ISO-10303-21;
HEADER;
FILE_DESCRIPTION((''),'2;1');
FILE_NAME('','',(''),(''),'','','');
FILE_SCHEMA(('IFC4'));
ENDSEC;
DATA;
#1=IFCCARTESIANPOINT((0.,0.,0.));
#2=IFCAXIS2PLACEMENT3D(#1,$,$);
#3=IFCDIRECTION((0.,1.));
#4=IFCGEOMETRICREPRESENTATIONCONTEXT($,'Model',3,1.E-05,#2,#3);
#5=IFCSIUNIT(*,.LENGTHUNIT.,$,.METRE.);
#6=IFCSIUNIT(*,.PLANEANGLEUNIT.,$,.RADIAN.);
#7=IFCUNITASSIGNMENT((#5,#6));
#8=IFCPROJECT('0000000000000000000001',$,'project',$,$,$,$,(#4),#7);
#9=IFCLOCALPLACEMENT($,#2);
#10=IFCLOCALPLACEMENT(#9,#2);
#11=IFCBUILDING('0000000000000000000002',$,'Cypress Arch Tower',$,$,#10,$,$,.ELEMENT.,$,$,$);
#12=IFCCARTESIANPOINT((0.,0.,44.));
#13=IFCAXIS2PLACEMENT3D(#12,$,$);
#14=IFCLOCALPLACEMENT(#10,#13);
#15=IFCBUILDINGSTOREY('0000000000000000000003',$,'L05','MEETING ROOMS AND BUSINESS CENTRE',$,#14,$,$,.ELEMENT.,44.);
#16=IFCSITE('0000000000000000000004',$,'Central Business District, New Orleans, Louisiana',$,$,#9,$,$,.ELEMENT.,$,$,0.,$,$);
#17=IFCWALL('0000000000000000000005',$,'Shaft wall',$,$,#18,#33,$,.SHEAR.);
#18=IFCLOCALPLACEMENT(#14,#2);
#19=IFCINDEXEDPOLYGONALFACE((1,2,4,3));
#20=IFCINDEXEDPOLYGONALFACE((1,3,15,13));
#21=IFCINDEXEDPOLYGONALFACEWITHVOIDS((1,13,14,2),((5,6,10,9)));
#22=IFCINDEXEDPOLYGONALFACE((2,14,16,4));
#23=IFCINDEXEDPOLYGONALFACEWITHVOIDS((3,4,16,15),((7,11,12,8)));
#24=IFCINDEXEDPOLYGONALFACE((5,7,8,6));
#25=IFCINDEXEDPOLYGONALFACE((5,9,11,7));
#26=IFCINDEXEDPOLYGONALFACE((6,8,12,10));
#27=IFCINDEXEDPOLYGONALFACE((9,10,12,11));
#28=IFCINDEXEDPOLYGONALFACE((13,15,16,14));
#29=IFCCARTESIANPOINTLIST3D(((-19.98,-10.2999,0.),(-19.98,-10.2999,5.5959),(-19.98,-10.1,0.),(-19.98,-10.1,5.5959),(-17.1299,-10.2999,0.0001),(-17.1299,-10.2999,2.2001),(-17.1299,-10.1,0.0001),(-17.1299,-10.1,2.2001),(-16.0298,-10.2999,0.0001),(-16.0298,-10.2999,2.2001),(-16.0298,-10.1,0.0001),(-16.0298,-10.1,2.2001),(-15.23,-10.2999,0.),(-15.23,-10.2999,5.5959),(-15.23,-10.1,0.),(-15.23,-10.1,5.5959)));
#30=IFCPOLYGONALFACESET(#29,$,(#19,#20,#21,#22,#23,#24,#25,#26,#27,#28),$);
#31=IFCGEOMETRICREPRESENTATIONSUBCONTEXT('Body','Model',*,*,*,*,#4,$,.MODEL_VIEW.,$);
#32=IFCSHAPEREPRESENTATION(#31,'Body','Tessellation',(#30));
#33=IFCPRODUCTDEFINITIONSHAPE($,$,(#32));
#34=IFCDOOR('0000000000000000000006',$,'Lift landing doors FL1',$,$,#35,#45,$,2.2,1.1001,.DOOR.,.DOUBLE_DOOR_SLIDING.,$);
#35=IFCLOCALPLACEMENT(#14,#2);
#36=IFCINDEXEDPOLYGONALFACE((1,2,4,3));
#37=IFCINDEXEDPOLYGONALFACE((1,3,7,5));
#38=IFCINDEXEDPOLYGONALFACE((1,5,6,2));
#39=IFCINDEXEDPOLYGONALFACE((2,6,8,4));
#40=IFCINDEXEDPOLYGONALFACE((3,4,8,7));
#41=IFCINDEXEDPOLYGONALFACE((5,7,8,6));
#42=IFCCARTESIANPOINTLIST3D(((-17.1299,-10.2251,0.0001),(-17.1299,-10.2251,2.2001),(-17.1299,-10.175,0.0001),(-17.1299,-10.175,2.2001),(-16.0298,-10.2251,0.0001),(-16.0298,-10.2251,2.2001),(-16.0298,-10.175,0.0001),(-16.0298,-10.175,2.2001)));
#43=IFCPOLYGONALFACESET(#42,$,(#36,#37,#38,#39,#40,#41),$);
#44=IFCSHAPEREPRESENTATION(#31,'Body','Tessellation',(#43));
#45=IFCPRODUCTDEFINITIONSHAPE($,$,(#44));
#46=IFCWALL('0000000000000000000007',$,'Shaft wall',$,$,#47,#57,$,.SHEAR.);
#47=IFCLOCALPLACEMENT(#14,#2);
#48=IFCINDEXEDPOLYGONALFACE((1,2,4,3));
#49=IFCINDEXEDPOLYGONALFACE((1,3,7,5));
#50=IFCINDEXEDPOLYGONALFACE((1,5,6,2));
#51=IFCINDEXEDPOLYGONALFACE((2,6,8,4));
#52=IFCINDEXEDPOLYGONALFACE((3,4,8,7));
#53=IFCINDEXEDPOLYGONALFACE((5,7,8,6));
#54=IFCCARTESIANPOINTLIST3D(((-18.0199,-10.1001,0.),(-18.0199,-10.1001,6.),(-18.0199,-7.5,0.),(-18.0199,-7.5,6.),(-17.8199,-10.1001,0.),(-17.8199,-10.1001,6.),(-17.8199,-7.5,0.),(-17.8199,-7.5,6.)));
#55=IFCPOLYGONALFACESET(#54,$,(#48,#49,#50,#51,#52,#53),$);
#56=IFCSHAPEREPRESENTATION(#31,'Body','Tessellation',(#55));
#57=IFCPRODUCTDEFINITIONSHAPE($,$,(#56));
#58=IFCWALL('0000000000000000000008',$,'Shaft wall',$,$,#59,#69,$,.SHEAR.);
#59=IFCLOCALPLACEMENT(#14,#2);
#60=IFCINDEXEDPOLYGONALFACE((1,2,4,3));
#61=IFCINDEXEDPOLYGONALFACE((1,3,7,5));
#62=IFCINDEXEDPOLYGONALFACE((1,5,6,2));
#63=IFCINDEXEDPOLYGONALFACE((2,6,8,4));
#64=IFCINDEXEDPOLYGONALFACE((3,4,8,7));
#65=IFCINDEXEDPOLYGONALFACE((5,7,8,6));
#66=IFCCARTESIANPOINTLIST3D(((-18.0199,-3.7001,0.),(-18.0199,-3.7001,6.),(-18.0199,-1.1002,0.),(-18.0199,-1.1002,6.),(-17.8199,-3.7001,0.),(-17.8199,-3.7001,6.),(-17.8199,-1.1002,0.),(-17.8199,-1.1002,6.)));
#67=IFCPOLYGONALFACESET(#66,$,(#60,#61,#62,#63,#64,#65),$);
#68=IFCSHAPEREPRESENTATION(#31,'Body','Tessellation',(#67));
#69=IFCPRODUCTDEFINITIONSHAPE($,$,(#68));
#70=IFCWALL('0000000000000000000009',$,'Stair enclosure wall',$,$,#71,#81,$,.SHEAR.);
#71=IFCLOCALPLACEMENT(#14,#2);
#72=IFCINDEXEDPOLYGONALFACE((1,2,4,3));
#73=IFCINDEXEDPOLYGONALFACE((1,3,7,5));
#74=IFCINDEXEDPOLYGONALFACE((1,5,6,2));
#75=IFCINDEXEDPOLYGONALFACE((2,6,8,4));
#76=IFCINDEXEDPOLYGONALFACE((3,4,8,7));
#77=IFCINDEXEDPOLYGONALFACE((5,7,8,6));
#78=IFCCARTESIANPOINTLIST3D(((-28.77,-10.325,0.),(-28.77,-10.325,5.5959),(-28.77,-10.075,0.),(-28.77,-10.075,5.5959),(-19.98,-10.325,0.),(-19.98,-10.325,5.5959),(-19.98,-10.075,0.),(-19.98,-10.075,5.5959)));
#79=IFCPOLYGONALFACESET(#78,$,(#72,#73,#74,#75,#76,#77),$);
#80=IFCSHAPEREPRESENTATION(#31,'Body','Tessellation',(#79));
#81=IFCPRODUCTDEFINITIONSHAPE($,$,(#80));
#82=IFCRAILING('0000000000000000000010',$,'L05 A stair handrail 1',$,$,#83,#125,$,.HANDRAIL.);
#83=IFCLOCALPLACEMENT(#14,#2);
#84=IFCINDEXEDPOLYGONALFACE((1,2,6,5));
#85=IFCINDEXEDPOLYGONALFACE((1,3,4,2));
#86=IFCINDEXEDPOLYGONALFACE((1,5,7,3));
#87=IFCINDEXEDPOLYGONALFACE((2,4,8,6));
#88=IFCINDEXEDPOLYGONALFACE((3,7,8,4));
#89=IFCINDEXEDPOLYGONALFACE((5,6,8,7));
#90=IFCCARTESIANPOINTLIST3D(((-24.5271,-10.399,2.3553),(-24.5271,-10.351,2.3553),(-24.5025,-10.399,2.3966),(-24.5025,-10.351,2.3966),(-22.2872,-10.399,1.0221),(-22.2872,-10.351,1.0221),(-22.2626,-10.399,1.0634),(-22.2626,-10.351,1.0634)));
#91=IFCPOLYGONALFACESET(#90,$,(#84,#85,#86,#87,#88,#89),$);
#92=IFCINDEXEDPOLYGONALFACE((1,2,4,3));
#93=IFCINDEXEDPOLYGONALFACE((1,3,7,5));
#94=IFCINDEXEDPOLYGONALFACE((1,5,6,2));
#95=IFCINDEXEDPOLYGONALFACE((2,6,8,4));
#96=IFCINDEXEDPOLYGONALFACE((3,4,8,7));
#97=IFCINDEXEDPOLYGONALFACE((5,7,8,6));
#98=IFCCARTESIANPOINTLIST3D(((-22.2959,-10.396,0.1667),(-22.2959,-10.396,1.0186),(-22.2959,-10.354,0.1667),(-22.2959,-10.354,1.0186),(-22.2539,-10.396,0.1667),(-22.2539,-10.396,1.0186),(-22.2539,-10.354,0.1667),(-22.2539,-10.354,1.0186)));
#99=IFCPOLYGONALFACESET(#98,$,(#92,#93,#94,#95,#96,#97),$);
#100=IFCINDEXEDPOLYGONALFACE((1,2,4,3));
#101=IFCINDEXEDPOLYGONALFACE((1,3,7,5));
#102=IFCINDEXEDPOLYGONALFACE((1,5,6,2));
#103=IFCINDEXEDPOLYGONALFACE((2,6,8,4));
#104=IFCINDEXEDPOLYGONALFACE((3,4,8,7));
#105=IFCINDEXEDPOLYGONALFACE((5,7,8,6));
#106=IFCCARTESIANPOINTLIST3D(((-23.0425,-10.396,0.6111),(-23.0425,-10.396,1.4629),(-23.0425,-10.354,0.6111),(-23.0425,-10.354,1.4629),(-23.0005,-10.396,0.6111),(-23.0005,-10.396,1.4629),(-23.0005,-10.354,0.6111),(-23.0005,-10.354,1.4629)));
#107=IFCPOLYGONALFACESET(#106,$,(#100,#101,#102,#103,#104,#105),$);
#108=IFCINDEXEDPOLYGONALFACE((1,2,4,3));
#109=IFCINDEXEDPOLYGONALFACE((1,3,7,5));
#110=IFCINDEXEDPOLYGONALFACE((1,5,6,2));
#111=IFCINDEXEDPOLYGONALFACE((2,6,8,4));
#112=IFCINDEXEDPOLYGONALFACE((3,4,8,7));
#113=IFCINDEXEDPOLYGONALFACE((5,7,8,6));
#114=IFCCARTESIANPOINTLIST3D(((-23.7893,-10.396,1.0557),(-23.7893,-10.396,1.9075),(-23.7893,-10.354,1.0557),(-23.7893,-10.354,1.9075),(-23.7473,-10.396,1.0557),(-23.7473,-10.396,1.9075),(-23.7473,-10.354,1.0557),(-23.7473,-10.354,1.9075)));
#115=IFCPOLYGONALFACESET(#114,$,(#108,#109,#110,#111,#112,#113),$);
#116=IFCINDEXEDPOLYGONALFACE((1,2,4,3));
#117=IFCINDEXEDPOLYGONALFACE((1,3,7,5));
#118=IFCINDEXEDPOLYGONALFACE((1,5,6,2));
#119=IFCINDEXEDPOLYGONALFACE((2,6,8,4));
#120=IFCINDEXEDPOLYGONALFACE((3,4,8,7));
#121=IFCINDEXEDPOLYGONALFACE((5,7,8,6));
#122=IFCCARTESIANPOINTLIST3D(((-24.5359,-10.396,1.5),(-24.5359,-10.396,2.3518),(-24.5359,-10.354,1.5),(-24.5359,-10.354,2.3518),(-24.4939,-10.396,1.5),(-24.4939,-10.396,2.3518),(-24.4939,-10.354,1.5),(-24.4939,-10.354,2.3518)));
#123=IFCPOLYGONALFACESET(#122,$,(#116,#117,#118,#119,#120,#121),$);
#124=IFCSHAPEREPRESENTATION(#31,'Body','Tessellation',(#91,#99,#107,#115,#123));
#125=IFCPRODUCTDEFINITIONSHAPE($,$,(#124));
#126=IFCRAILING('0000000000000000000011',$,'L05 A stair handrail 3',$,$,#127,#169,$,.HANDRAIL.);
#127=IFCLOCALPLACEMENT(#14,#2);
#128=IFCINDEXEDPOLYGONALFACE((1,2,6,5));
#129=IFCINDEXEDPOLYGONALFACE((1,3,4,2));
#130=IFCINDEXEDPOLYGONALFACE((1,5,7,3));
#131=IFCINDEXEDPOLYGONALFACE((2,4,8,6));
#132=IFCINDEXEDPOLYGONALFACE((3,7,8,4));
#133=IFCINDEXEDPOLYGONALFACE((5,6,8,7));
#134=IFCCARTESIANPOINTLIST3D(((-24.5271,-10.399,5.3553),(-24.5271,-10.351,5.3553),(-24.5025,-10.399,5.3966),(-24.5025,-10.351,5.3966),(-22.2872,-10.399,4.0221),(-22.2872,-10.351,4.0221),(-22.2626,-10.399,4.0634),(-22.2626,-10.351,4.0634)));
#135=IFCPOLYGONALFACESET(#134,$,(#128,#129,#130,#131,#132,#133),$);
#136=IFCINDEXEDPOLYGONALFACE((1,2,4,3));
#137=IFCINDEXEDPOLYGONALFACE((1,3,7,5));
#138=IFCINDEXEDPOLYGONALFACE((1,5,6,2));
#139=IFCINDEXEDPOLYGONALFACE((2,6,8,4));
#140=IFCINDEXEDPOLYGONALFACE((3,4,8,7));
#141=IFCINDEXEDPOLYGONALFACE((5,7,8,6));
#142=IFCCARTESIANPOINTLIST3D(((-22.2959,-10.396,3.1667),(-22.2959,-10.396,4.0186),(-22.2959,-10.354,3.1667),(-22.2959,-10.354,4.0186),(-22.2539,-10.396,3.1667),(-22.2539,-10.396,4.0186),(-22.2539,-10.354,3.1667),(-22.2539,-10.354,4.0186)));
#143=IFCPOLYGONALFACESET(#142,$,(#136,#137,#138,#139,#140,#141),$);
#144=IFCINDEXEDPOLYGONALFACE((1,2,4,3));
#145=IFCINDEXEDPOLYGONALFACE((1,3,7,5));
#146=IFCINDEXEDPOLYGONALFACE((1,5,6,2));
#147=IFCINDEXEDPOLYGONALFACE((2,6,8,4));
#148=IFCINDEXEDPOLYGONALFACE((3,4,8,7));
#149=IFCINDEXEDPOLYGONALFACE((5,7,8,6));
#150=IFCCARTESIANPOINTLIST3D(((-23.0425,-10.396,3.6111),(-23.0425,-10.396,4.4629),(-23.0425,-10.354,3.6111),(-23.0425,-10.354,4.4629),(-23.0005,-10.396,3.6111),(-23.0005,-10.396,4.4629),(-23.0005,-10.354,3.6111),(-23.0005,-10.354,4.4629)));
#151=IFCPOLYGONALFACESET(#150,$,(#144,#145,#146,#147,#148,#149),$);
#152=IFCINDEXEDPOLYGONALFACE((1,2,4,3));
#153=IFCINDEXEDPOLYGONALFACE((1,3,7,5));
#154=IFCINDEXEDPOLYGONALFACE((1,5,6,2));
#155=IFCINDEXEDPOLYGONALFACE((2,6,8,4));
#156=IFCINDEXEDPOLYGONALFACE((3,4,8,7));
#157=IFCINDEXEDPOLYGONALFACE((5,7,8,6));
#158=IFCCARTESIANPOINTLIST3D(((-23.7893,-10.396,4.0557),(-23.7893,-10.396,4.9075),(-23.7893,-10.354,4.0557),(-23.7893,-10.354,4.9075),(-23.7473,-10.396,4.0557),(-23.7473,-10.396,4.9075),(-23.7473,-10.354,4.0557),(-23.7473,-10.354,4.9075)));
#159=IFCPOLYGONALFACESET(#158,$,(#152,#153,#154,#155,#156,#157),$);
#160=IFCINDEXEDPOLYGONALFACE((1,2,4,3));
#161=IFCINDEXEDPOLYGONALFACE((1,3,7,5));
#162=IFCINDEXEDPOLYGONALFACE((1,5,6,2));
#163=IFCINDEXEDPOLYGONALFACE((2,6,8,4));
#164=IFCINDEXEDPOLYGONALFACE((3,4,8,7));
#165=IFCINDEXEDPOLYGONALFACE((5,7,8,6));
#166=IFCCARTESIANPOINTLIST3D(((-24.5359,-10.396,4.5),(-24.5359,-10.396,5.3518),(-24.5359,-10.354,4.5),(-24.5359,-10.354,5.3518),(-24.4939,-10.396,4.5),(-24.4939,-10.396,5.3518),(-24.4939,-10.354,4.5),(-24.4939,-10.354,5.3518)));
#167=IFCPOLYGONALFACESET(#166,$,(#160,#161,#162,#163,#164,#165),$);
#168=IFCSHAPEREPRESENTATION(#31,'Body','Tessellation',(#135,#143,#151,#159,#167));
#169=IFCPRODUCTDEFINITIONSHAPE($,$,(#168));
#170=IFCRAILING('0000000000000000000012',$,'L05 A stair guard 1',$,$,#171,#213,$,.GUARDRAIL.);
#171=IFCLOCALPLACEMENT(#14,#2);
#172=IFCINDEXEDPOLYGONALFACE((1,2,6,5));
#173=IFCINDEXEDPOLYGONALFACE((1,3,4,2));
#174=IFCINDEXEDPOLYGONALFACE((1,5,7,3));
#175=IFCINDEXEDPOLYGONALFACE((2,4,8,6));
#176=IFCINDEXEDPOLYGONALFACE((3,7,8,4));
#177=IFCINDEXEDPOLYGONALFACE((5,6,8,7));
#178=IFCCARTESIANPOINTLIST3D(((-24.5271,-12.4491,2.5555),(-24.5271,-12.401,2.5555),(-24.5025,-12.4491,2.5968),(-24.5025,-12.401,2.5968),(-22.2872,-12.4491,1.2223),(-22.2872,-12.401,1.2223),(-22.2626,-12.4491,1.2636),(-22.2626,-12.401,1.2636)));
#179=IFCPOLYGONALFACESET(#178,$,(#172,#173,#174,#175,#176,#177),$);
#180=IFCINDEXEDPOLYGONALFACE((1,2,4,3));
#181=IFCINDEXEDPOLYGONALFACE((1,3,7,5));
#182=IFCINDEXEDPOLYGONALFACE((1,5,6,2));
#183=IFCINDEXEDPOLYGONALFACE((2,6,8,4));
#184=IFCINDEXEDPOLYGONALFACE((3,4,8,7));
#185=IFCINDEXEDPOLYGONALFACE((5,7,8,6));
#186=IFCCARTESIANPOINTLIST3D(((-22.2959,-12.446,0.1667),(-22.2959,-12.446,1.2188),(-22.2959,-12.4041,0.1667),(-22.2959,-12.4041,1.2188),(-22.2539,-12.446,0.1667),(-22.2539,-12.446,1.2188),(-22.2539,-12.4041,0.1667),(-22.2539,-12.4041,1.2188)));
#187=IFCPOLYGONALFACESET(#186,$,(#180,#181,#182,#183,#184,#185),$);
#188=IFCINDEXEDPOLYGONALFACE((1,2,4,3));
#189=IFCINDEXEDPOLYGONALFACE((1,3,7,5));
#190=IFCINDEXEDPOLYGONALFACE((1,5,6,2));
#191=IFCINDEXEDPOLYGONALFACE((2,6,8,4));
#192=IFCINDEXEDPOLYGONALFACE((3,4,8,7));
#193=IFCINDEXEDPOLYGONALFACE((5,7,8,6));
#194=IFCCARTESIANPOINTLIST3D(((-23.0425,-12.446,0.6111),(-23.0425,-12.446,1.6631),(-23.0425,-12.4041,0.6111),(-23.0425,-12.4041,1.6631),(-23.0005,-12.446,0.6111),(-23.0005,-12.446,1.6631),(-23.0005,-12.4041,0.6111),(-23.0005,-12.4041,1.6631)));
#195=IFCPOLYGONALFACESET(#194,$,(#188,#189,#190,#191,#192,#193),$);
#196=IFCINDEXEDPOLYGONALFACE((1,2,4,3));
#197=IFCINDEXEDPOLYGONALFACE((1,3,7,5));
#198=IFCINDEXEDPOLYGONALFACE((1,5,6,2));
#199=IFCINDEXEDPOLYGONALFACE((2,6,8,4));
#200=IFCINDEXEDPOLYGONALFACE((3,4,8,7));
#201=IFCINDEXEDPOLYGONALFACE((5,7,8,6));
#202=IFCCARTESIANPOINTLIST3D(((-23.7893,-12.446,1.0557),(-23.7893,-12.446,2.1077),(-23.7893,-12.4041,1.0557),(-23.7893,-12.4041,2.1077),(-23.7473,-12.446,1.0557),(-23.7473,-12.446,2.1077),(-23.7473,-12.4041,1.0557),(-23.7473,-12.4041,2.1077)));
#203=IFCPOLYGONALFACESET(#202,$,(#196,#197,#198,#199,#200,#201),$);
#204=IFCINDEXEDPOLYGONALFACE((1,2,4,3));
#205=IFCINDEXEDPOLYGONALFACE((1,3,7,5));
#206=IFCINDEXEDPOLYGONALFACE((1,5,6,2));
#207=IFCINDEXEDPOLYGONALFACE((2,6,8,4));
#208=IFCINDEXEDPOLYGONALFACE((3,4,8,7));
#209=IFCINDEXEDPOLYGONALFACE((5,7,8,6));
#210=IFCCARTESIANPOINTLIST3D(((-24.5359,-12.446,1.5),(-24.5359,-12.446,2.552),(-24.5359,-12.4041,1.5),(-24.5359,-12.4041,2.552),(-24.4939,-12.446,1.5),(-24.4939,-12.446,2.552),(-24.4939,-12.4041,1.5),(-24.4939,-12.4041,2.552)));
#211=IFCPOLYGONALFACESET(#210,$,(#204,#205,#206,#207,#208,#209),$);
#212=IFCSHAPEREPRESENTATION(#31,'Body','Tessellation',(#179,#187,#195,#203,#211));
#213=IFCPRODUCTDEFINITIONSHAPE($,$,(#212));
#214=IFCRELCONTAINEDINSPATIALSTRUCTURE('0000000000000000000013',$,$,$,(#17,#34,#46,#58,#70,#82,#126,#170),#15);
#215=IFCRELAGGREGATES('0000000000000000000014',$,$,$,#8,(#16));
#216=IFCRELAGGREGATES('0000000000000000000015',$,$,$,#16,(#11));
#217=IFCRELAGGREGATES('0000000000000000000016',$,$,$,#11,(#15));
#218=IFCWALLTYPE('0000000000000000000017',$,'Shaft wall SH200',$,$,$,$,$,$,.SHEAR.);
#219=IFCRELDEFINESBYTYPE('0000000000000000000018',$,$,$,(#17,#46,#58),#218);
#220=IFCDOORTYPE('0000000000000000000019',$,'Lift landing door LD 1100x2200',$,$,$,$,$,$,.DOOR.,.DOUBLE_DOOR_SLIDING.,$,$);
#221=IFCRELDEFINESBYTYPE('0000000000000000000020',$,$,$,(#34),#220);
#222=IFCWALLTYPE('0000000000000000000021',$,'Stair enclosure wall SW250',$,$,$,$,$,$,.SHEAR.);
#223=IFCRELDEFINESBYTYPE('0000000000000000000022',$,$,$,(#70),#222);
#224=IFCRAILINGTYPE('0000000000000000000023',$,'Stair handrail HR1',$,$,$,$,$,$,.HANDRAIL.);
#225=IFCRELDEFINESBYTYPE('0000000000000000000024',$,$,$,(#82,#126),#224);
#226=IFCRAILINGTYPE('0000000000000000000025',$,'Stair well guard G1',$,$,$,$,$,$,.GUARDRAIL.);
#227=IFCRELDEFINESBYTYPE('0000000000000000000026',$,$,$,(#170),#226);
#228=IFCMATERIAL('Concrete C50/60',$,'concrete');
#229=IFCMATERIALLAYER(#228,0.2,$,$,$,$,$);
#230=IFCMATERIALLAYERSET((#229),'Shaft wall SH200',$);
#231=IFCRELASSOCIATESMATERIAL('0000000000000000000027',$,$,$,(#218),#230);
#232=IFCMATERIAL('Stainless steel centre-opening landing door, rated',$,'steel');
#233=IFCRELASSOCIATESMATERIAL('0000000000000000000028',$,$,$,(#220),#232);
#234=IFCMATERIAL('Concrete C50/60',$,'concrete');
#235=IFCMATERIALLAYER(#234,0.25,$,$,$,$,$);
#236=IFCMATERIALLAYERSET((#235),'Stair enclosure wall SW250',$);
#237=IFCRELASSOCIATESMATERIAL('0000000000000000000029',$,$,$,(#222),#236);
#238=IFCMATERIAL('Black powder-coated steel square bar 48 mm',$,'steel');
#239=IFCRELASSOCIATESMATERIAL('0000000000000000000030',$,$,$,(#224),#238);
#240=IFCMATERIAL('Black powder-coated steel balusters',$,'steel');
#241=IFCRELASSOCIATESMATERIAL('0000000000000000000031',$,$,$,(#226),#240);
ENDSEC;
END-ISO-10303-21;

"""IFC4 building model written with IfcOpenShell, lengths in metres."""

from ifc_helpers import new_model, si_unit, direction, frame, frame_2d, origin, origin_2d, place, context, subcontext, project, spatial, rectangle, extrude, material, layer, layer_set, type_object, element, fill, save


model = new_model("IFC4")

# Units and contexts
model_context = context("Model", 3, precision=1e-05, world=origin(), true_north=direction((0.0, 1.0)))
body_context = subcontext(model_context, "Body", "Model", "MODEL_VIEW")
ifc_project = project(units=[si_unit("LENGTHUNIT", "METRE"), si_unit("PLANEANGLEUNIT", "RADIAN")], contexts=[model_context])

# Site, building, storey
site_placement = place(None, origin())
site = spatial("IfcSite", under=ifc_project, at=site_placement, Name="Central Business District, New Orleans, Louisiana", CompositionType="ELEMENT", RefElevation=0.0)
building_placement = place(site_placement, origin())
building = spatial("IfcBuilding", under=site, at=building_placement, Name="Cypress Arch Tower", CompositionType="ELEMENT")
storey_placement = place(building_placement, frame((0.0, 0.0, 44.0)))
storey = spatial("IfcBuildingStorey", under=building, at=storey_placement, Name="L05", Description="MEETING ROOMS AND BUSINESS CENTRE", CompositionType="ELEMENT", Elevation=44.0)

# Shared definitions
ifc_material_1 = material(Name="Concrete C50/60", Category="concrete")
ifc_layer_1 = layer(ifc_material_1, 0.2)
ifc_layer_set_1 = layer_set([ifc_layer_1], Name="Shaft wall SH200")
wall_type_1 = type_object("IfcWallType", Name="Shaft wall SH200", PredefinedType="SHEAR", material=ifc_layer_set_1)
ifc_material_2 = material(Name="Stainless steel centre-opening landing door, rated", Category="steel")
door_type = type_object("IfcDoorType", Name="Lift landing door LD 1100x2200", OperationType="DOUBLE_DOOR_SLIDING", PredefinedType="DOOR", material=ifc_material_2)

# Wall, opening, door
wall_1_placement = place(storey_placement, frame((-19.98, -10.2, 0.0), z_axis=(0.0, 0.0, 1.0), x_axis=(1.0, 0.0, 0.0)))
wall_1 = element("IfcWall", 1, at=wall_1_placement, inside=storey, type_object=wall_type_1, Name="Shaft wall", PredefinedType="SHEAR", context=body_context, shape_type="SweptSolid", body=[
    extrude(rectangle(XDim=4.75, YDim=0.2, at=frame_2d((2.375, 0.0))), origin(), (0.0, 0.0, 1.0), 5.5959),
])
opening_1_placement = place(wall_1_placement, frame((2.8501, 0.0, 0.0)))
opening_1 = element("IfcOpeningElement", 2, at=opening_1_placement, cuts=wall_1, PredefinedType="OPENING", context=body_context, shape_type="SweptSolid", body=[
    extrude(rectangle(XDim=1.1001, YDim=2.2, at=frame_2d((0.55, 1.1001))), frame((0.0, 0.1099, 0.0), z_axis=(0.0, -1.0, 0.0), x_axis=(1.0, 0.0, 0.0)), (0.0, 0.0, 1.0), 0.22),
])
door_1_placement = place(opening_1_placement, origin())
door_1 = element("IfcDoor", 3, at=door_1_placement, inside=storey, type_object=door_type, Name="Lift landing doors FL1", OperationType="DOUBLE_DOOR_SLIDING", OverallHeight=2.2, OverallWidth=1.1001, PredefinedType="DOOR", context=body_context, shape_type="SweptSolid", body=[
    extrude(rectangle(XDim=1.1001, YDim=2.2, at=frame_2d((0.55, 1.1001))), frame((0.0, 0.0249, 0.0), z_axis=(0.0, -1.0, 0.0), x_axis=(1.0, 0.0, 0.0)), (0.0, 0.0, 1.0), 0.05),
])
fill(opening_1, door_1)

# Walls
wall_2_placement = place(storey_placement, frame((-17.9199, -10.1001, 0.0), z_axis=(0.0, 0.0, 1.0), x_axis=(0.0, 1.0, 0.0)))
element("IfcWall", 4, at=wall_2_placement, inside=storey, type_object=wall_type_1, Name="Shaft wall", PredefinedType="SHEAR", context=body_context, shape_type="SweptSolid", body=[
    extrude(rectangle(XDim=2.6001, YDim=0.2, at=frame_2d((1.3, 0.0))), origin(), (0.0, 0.0, 1.0), 6.0),
])
wall_3_placement = place(storey_placement, frame((-17.9199, -3.7, 0.0), z_axis=(0.0, 0.0, 1.0), x_axis=(0.0, 1.0, 0.0)))
element("IfcWall", 5, at=wall_3_placement, inside=storey, type_object=wall_type_1, Name="Shaft wall", PredefinedType="SHEAR", context=body_context, shape_type="SweptSolid", body=[
    extrude(rectangle(XDim=2.5999, YDim=0.2, at=frame_2d((1.2998, 0.0))), origin(), (0.0, 0.0, 1.0), 6.0),
])
ifc_material_3 = material(Name="Concrete C50/60", Category="concrete")
ifc_layer_2 = layer(ifc_material_3, 0.25)
ifc_layer_set_2 = layer_set([ifc_layer_2], Name="Stair enclosure wall SW250")
wall_type_2 = type_object("IfcWallType", Name="Stair enclosure wall SW250", PredefinedType="SHEAR", material=ifc_layer_set_2)
wall_4_placement = place(storey_placement, frame((-28.77, -10.2, 0.0), z_axis=(0.0, 0.0, 1.0), x_axis=(1.0, 0.0, 0.0)))
element("IfcWall", 6, at=wall_4_placement, inside=storey, type_object=wall_type_2, Name="Stair enclosure wall", PredefinedType="SHEAR", context=body_context, shape_type="SweptSolid", body=[
    extrude(rectangle(XDim=8.79, YDim=0.25, at=frame_2d((4.395, 0.0))), origin(), (0.0, 0.0, 1.0), 5.5959),
])

# Railings
ifc_material_4 = material(Name="Black powder-coated steel square bar 48 mm", Category="steel")
railing_type_1 = type_object("IfcRailingType", Name="Stair handrail HR1", PredefinedType="HANDRAIL", material=ifc_material_4)
for number, where, name in (
    (7, (-22.2749, -10.375, 0.1667), "L05 A stair handrail 1"),
    (8, (-22.2749, -10.375, 3.1667), "L05 A stair handrail 3"),
):
    element("IfcRailing", number, at=place(storey_placement, frame(where)), inside=storey, type_object=railing_type_1, Name=name, PredefinedType="HANDRAIL", context=body_context, shape_type="SweptSolid", body=[
        extrude(rectangle(XDim=0.0481, YDim=0.0481, at=origin_2d()), frame((0.0, 0.0, 0.876), z_axis=(-0.859306, 0.0, 0.511462), x_axis=(0.0, -1.0, 0.0)), (0.0, 0.0, 1.0), 2.6067),
        extrude(rectangle(XDim=0.042, YDim=0.042, at=origin_2d()), origin(), (0.0, 0.0, 1.0), 0.8518),
        extrude(rectangle(XDim=0.042, YDim=0.042, at=origin_2d()), frame((-0.7466, 0.0, 0.4443)), (0.0, 0.0, 1.0), 0.8518),
        extrude(rectangle(XDim=0.042, YDim=0.042, at=origin_2d()), frame((-1.4934, 0.0, 0.8889)), (0.0, 0.0, 1.0), 0.8518),
        extrude(rectangle(XDim=0.042, YDim=0.042, at=origin_2d()), frame((-2.24, 0.0, 1.3333)), (0.0, 0.0, 1.0), 0.8518),
    ])
ifc_material_5 = material(Name="Black powder-coated steel balusters", Category="steel")
railing_type_2 = type_object("IfcRailingType", Name="Stair well guard G1", PredefinedType="GUARDRAIL", material=ifc_material_5)
railing_1_placement = place(storey_placement, frame((-22.2749, -12.425, 0.1667)))
element("IfcRailing", 9, at=railing_1_placement, inside=storey, type_object=railing_type_2, Name="L05 A stair guard 1", PredefinedType="GUARDRAIL", context=body_context, shape_type="SweptSolid", body=[
    extrude(rectangle(XDim=0.0481, YDim=0.0481, at=origin_2d()), frame((0.0, 0.0, 1.0762), z_axis=(-0.859306, 0.0, 0.511462), x_axis=(0.0, -1.0, 0.0)), (0.0, 0.0, 1.0), 2.6067),
    extrude(rectangle(XDim=0.042, YDim=0.042, at=origin_2d()), origin(), (0.0, 0.0, 1.0), 1.052),
    extrude(rectangle(XDim=0.042, YDim=0.042, at=origin_2d()), frame((-0.7466, 0.0, 0.4443)), (0.0, 0.0, 1.0), 1.052),
    extrude(rectangle(XDim=0.042, YDim=0.042, at=origin_2d()), frame((-1.4934, 0.0, 0.8889)), (0.0, 0.0, 1.0), 1.052),
    extrude(rectangle(XDim=0.042, YDim=0.042, at=origin_2d()), frame((-2.24, 0.0, 1.3333)), (0.0, 0.0, 1.0), 1.052),
])

save(model, "model.ifc")
